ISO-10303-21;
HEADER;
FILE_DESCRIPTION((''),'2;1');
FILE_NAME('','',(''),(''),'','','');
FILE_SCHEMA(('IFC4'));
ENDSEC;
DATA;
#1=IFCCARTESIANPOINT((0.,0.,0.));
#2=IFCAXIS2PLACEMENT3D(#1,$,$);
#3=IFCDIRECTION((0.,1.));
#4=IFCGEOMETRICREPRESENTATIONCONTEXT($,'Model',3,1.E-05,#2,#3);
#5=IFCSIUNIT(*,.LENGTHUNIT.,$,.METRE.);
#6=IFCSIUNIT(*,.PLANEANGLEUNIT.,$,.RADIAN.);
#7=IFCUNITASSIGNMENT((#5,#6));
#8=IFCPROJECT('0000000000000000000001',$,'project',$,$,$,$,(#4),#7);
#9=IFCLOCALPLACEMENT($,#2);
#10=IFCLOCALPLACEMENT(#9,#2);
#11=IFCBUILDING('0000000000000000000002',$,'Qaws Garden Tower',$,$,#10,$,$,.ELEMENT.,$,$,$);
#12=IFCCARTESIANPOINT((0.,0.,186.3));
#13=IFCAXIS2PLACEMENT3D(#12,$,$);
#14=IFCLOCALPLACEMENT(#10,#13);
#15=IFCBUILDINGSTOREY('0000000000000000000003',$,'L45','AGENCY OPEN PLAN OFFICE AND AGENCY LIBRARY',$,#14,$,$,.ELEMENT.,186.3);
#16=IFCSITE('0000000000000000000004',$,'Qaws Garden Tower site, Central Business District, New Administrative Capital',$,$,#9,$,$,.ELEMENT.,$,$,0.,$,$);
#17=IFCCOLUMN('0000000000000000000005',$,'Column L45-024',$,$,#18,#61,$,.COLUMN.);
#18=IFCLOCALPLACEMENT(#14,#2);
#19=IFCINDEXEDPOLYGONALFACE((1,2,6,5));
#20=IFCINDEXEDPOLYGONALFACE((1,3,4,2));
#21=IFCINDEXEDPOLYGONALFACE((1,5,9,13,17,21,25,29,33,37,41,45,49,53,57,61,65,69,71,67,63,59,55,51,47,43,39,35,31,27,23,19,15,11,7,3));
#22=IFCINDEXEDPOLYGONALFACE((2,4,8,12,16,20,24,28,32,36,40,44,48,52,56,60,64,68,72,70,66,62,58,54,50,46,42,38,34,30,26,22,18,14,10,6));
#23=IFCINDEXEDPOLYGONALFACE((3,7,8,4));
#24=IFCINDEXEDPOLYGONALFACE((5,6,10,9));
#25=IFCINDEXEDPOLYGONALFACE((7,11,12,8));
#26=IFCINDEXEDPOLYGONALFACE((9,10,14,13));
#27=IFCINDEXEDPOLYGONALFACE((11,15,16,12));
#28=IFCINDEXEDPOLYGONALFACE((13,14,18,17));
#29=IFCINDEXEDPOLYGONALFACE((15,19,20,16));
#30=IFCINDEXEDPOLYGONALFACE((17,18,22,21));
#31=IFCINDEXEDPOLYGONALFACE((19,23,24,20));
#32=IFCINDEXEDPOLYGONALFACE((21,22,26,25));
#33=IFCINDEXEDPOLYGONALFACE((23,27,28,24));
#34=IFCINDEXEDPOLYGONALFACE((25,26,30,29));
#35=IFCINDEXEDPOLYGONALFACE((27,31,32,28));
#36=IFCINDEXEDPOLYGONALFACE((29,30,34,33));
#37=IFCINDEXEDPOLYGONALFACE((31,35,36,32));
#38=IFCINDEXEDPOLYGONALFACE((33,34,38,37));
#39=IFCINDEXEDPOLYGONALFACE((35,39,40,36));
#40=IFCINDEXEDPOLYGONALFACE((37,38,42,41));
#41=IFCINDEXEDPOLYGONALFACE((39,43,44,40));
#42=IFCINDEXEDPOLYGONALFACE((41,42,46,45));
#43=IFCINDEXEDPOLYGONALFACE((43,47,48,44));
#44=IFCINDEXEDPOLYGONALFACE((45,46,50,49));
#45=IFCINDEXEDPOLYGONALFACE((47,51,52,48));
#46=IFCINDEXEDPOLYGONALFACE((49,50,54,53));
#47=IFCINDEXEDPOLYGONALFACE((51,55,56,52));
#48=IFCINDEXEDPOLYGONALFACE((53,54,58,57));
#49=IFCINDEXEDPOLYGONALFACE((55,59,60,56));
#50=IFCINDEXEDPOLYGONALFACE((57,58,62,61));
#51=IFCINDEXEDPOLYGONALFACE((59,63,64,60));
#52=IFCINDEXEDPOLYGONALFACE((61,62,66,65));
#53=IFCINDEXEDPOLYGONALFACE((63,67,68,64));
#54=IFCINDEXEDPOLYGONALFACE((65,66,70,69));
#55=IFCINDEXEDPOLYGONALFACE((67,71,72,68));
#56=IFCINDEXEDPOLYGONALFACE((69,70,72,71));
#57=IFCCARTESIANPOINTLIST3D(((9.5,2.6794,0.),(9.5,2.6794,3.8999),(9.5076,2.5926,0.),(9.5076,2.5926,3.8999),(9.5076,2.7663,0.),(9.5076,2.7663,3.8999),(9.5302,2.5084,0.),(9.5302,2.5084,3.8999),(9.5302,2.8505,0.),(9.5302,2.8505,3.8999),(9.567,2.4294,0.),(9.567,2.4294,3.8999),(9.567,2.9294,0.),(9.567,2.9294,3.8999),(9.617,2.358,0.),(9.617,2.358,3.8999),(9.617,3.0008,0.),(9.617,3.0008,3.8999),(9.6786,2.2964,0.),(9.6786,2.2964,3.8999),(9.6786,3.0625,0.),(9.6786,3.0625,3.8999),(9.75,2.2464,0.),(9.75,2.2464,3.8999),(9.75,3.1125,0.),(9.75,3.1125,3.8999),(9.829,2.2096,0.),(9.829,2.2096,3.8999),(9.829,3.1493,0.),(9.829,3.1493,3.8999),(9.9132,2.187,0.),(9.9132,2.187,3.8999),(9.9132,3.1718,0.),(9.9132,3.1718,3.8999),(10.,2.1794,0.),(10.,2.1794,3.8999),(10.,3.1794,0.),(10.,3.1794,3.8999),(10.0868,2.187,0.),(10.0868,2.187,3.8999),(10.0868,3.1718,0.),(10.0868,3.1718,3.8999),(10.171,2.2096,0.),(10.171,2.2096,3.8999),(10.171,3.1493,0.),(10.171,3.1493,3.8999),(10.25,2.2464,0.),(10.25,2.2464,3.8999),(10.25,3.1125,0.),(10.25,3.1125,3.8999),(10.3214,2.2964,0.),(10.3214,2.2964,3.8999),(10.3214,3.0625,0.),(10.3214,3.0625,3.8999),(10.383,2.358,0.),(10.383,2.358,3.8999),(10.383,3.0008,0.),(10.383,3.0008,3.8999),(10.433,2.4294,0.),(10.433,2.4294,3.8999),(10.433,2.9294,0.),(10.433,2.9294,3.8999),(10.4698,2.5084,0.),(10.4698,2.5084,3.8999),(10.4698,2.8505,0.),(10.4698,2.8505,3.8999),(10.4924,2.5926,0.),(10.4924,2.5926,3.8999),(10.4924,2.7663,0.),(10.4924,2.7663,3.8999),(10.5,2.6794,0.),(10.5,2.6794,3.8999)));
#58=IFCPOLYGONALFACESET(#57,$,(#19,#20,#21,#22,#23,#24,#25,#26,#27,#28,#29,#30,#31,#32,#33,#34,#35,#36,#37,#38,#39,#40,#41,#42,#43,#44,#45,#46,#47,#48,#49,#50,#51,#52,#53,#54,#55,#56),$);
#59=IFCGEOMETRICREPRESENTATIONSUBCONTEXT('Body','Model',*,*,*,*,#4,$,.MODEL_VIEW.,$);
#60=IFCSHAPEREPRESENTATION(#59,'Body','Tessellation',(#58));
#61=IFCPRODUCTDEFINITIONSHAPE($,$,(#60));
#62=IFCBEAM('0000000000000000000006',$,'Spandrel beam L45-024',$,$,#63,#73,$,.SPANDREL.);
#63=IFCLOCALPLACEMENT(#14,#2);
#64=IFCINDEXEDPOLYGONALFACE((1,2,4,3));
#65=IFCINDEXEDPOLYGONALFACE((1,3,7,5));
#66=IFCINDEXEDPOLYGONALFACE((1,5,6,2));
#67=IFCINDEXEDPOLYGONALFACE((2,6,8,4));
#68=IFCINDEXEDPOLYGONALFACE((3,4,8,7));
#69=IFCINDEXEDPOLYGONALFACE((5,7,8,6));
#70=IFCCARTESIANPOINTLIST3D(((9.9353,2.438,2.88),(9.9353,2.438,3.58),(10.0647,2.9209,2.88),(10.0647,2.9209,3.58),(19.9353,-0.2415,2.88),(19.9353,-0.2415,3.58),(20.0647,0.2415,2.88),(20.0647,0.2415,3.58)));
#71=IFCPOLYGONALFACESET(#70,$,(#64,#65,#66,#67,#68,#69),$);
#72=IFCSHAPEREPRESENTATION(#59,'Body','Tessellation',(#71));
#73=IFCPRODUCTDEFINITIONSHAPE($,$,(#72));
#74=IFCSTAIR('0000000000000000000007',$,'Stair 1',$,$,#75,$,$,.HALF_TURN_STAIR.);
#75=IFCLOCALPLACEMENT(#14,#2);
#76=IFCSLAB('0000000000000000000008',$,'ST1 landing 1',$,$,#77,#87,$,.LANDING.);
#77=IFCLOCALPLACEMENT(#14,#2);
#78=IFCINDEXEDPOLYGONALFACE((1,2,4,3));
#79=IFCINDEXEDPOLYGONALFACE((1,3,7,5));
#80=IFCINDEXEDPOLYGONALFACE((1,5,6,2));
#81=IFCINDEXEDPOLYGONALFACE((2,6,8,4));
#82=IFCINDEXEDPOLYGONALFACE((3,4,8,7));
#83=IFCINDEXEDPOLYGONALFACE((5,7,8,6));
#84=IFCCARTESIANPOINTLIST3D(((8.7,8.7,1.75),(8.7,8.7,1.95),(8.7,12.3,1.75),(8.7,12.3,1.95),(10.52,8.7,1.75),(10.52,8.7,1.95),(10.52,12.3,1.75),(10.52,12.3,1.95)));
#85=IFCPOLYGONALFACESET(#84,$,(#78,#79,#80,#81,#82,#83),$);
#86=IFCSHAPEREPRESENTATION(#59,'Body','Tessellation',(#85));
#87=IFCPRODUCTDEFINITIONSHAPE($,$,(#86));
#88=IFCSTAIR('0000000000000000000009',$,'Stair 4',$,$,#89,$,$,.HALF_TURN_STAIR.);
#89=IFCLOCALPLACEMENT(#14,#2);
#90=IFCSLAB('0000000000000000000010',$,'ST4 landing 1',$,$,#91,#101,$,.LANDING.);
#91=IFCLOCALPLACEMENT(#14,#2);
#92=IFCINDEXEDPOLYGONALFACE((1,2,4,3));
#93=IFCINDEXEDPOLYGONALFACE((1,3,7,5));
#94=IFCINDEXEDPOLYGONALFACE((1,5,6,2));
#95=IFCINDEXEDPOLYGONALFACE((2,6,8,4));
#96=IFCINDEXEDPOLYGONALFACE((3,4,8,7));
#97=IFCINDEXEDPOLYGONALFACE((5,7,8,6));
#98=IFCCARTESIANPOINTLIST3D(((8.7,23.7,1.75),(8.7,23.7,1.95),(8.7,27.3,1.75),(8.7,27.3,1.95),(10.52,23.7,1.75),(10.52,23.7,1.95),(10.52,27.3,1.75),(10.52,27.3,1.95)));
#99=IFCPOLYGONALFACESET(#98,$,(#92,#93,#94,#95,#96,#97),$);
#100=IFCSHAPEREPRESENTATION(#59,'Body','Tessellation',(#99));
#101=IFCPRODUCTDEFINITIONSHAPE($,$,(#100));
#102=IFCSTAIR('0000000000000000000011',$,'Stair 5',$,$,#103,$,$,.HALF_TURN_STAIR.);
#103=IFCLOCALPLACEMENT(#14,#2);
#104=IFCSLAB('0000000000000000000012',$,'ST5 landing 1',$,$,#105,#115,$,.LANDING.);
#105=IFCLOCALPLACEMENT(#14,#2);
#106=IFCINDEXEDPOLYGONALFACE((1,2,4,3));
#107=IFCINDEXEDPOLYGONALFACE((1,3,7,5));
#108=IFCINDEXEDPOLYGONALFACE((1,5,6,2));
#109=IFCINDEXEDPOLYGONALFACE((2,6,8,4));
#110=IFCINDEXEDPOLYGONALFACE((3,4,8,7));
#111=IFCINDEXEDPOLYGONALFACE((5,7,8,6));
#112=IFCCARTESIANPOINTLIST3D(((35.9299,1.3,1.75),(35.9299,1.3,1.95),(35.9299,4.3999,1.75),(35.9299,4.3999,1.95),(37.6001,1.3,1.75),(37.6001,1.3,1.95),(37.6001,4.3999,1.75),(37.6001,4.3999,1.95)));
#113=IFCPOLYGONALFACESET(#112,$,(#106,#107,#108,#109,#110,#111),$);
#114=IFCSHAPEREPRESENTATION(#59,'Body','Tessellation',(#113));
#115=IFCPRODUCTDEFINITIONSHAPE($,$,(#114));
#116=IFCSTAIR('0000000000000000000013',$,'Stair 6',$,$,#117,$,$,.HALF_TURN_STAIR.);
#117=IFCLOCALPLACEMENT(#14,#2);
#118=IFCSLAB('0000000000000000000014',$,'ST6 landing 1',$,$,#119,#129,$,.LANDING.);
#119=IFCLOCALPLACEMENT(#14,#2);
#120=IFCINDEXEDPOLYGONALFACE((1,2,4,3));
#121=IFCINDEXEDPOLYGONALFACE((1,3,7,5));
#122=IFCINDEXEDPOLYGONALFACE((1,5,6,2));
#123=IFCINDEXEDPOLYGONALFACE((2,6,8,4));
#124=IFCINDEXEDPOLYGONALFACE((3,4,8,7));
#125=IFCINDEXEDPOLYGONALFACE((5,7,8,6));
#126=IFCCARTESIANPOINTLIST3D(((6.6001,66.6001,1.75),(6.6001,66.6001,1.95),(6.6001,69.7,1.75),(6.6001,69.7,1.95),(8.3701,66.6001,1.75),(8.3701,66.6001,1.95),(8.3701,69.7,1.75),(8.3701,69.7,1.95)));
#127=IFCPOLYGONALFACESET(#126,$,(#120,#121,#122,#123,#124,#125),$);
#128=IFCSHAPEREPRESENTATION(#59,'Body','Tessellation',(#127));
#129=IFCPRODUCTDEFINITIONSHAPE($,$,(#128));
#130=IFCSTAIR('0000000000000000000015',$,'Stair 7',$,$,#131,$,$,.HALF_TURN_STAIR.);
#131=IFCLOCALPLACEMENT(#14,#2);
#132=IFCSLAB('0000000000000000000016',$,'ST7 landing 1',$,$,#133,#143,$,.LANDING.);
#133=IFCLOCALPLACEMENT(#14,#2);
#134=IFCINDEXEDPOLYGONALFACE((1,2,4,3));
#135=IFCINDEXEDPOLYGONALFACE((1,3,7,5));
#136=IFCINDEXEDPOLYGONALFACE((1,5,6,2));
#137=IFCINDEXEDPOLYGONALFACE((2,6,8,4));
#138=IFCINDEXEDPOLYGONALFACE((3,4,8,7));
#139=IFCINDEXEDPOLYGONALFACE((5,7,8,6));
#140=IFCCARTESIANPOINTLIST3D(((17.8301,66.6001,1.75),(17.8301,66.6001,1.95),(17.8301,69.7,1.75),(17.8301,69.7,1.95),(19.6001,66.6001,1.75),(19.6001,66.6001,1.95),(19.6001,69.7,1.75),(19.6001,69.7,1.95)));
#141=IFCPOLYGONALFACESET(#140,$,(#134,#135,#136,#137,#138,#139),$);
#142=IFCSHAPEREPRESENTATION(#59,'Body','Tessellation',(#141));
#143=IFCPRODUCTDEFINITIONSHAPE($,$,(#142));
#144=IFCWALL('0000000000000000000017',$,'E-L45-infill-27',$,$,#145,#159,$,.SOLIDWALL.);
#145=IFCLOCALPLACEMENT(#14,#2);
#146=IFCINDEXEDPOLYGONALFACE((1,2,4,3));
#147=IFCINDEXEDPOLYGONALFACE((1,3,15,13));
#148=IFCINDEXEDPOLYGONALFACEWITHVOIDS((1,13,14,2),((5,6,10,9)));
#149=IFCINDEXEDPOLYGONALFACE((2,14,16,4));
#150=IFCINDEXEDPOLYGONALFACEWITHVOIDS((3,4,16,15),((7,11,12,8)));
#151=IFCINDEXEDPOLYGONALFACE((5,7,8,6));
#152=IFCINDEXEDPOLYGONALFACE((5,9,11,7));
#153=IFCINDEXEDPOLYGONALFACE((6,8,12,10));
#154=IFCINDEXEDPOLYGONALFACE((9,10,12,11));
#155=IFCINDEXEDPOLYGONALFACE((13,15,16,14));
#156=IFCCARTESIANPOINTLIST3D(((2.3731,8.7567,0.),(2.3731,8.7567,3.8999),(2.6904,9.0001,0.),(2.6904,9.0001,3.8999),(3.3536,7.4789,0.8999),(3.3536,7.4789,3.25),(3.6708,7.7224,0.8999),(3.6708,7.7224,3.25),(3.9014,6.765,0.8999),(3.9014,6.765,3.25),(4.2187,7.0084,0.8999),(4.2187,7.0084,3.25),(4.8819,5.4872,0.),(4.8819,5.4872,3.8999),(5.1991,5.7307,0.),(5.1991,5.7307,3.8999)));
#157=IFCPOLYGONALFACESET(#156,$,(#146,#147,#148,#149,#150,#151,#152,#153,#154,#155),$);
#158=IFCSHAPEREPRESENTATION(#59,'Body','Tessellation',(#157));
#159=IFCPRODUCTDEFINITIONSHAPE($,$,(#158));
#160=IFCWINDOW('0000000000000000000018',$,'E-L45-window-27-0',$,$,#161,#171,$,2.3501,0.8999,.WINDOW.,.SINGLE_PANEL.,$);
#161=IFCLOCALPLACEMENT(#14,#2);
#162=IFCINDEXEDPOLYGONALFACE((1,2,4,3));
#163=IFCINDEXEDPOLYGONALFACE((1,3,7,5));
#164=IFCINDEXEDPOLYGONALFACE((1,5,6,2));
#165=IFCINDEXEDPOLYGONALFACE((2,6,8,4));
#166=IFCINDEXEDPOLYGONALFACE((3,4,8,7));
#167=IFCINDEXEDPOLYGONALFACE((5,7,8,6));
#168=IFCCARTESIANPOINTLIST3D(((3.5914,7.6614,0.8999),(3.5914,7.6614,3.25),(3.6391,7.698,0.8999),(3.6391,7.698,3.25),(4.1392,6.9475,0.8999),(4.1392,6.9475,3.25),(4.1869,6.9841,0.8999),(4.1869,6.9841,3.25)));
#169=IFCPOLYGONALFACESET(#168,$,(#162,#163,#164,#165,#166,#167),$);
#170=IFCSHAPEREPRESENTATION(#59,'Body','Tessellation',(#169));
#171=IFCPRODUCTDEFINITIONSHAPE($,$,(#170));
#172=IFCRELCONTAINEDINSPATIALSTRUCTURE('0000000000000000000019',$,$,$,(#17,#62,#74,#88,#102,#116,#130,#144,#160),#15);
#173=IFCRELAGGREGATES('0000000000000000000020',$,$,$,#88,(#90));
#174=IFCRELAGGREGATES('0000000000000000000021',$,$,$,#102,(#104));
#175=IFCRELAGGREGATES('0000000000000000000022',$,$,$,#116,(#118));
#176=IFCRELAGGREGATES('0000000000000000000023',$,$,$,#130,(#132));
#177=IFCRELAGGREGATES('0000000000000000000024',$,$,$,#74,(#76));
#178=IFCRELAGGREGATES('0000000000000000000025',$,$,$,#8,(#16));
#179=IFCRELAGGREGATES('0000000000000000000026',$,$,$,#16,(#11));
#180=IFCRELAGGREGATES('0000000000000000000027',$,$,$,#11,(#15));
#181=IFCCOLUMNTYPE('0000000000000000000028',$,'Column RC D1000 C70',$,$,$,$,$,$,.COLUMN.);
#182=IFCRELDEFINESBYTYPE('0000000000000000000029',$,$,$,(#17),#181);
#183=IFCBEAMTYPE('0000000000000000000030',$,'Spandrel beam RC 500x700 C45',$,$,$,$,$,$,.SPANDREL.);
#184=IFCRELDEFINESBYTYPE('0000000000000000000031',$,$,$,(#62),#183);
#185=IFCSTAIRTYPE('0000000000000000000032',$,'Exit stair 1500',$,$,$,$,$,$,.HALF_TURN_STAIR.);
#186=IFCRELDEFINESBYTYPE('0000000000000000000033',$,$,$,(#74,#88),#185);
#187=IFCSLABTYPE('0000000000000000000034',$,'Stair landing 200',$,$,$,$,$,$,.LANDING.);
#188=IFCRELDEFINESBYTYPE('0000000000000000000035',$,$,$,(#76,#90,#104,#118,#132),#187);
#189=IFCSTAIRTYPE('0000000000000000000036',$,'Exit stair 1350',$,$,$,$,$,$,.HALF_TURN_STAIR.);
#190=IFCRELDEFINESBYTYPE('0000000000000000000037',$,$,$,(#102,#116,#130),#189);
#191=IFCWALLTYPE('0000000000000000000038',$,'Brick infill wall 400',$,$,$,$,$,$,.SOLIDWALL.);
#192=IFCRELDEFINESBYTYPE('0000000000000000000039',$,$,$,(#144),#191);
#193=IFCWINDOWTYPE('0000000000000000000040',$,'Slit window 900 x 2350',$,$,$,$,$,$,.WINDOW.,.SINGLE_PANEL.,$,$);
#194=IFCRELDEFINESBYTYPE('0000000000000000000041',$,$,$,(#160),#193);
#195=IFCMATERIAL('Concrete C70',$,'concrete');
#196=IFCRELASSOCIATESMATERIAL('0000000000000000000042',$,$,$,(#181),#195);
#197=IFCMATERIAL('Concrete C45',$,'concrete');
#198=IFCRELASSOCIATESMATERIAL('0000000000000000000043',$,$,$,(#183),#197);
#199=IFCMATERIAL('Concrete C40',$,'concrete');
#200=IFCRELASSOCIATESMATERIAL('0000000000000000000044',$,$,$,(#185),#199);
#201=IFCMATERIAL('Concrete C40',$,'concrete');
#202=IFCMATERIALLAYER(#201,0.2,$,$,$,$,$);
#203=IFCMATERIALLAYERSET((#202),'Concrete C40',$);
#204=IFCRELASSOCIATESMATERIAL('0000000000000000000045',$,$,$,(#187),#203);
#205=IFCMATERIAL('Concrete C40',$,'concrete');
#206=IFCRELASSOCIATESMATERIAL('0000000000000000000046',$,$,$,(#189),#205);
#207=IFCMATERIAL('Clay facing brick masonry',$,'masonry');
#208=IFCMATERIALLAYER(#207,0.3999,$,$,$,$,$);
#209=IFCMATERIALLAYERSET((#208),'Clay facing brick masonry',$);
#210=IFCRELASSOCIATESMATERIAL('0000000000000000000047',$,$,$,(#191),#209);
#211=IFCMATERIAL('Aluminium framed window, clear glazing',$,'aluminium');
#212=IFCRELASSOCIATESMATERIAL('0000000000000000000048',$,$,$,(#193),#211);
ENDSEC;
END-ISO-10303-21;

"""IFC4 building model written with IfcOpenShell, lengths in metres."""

from ifc_helpers import new_model, si_unit, direction, frame, frame_2d, origin, origin_2d, place, context, subcontext, project, spatial, polyline, rectangle, circle, outline, extrude, material, layer, layer_set, material_profile, profile_set, type_object, element, fill, aggregate, save


model = new_model("IFC4")

# Units and contexts
model_context = context("Model", 3, precision=1e-05, world=origin(), true_north=direction((0.0, 1.0)))
body_context = subcontext(model_context, "Body", "Model", "MODEL_VIEW")
ifc_project = project(units=[si_unit("LENGTHUNIT", "METRE"), si_unit("PLANEANGLEUNIT", "RADIAN")], contexts=[model_context])

# Site, building, storey
site_placement = place(None, origin())
site = spatial("IfcSite", under=ifc_project, at=site_placement, Name="Qaws Garden Tower site, Central Business District, New Administrative Capital", CompositionType="ELEMENT", RefElevation=0.0)
building_placement = place(site_placement, origin())
building = spatial("IfcBuilding", under=site, at=building_placement, Name="Qaws Garden Tower", CompositionType="ELEMENT")
storey_placement = place(building_placement, frame((0.0, 0.0, 186.3)))
storey = spatial("IfcBuildingStorey", under=building, at=storey_placement, Name="L45", Description="AGENCY OPEN PLAN OFFICE AND AGENCY LIBRARY", CompositionType="ELEMENT", Elevation=186.3)

# Column
ifc_material_1 = material(Name="Concrete C70", Category="concrete")
ifc_material_profile_1 = material_profile(ifc_material_1, circle(Radius=0.5, at=origin_2d()), Name="RC D1000")
ifc_profile_set_1 = profile_set([ifc_material_profile_1], Name="Concrete C70")
column_type = type_object("IfcColumnType", Name="Column RC D1000 C70", PredefinedType="COLUMN", material=ifc_profile_set_1)
column_placement = place(storey_placement, frame((10.0, 2.6794, 0.0), z_axis=(0.0, 0.0, 1.0), x_axis=(1.0, 0.0, 0.0)))
element("IfcColumn", 1, at=column_placement, inside=storey, type_object=column_type, Name="Column L45-024", PredefinedType="COLUMN", context=body_context, shape_type="SweptSolid", body=[
    extrude(circle(Radius=0.5, at=origin_2d()), origin(), (0.0, 0.0, 1.0), 3.8999),
])

# Beam
ifc_material_2 = material(Name="Concrete C45", Category="concrete")
ifc_material_profile_2 = material_profile(ifc_material_2, rectangle(XDim=0.5, YDim=0.7, at=origin_2d()), Name="RC 500x700")
ifc_profile_set_2 = profile_set([ifc_material_profile_2], Name="Concrete C45")
beam_type = type_object("IfcBeamType", Name="Spandrel beam RC 500x700 C45", PredefinedType="SPANDREL", material=ifc_profile_set_2)
beam_placement = place(storey_placement, frame((10.0, 2.6794, 3.23), z_axis=(0.965927, -0.258815, 0.0), x_axis=(0.258815, 0.965927, 0.0)))
element("IfcBeam", 2, at=beam_placement, inside=storey, type_object=beam_type, Name="Spandrel beam L45-024", PredefinedType="SPANDREL", context=body_context, shape_type="SweptSolid", body=[
    extrude(rectangle(XDim=0.5, YDim=0.7, at=origin_2d()), origin(), (0.0, 0.0, 1.0), 10.3528),
])

# Stairs, slabs
ifc_material_3 = material(Name="Concrete C40", Category="concrete")
stair_type_1 = type_object("IfcStairType", Name="Exit stair 1500", PredefinedType="HALF_TURN_STAIR", material=ifc_material_3)
placement_1 = place(storey_placement, origin())
stair_1 = element("IfcStair", 3, at=placement_1, inside=storey, type_object=stair_type_1, Name="Stair 1", PredefinedType="HALF_TURN_STAIR")
ifc_material_4 = material(Name="Concrete C40", Category="concrete")
ifc_layer_1 = layer(ifc_material_4, 0.2)
ifc_layer_set_1 = layer_set([ifc_layer_1], Name="Concrete C40")
slab_type = type_object("IfcSlabType", Name="Stair landing 200", PredefinedType="LANDING", material=ifc_layer_set_1)
placement_2 = place(storey_placement, frame((0.0, 0.0, 1.75)))
slab_1 = element("IfcSlab", 4, at=placement_2, type_object=slab_type, Name="ST1 landing 1", PredefinedType="LANDING", context=body_context, shape_type="SweptSolid", body=[
    extrude(outline(polyline([(8.7, 8.7), (10.52, 8.7), (10.52, 12.3), (8.7, 12.3), (8.7, 8.7)])), origin(), (0.0, 0.0, 1.0), 0.2),
])
stair_2 = element("IfcStair", 5, at=placement_1, inside=storey, type_object=stair_type_1, Name="Stair 4", PredefinedType="HALF_TURN_STAIR")
slab_2 = element("IfcSlab", 6, at=placement_2, type_object=slab_type, Name="ST4 landing 1", PredefinedType="LANDING", context=body_context, shape_type="SweptSolid", body=[
    extrude(outline(polyline([(8.7, 23.7), (10.52, 23.7), (10.52, 27.3), (8.7, 27.3), (8.7, 23.7)])), origin(), (0.0, 0.0, 1.0), 0.2),
])
aggregate(stair_2, [slab_2])
ifc_material_5 = material(Name="Concrete C40", Category="concrete")
stair_type_2 = type_object("IfcStairType", Name="Exit stair 1350", PredefinedType="HALF_TURN_STAIR", material=ifc_material_5)
stair_3 = element("IfcStair", 7, at=placement_1, inside=storey, type_object=stair_type_2, Name="Stair 5", PredefinedType="HALF_TURN_STAIR")
slab_3 = element("IfcSlab", 8, at=placement_2, type_object=slab_type, Name="ST5 landing 1", PredefinedType="LANDING", context=body_context, shape_type="SweptSolid", body=[
    extrude(outline(polyline([(35.9299, 1.3), (37.6001, 1.3), (37.6001, 4.3999), (35.9299, 4.3999), (35.9299, 1.3)])), origin(), (0.0, 0.0, 1.0), 0.2),
])
aggregate(stair_3, [slab_3])
stair_4 = element("IfcStair", 9, at=placement_1, inside=storey, type_object=stair_type_2, Name="Stair 6", PredefinedType="HALF_TURN_STAIR")
slab_4 = element("IfcSlab", 10, at=placement_2, type_object=slab_type, Name="ST6 landing 1", PredefinedType="LANDING", context=body_context, shape_type="SweptSolid", body=[
    extrude(outline(polyline([(6.6001, 66.6001), (8.3701, 66.6001), (8.3701, 69.7), (6.6001, 69.7), (6.6001, 66.6001)])), origin(), (0.0, 0.0, 1.0), 0.2),
])
aggregate(stair_4, [slab_4])
stair_5 = element("IfcStair", 11, at=placement_1, inside=storey, type_object=stair_type_2, Name="Stair 7", PredefinedType="HALF_TURN_STAIR")
slab_5 = element("IfcSlab", 12, at=placement_2, type_object=slab_type, Name="ST7 landing 1", PredefinedType="LANDING", context=body_context, shape_type="SweptSolid", body=[
    extrude(outline(polyline([(17.8301, 66.6001), (19.6001, 66.6001), (19.6001, 69.7), (17.8301, 69.7), (17.8301, 66.6001)])), origin(), (0.0, 0.0, 1.0), 0.2),
])
aggregate(stair_5, [slab_5])

# Wall, opening, window
ifc_material_6 = material(Name="Clay facing brick masonry", Category="masonry")
ifc_layer_2 = layer(ifc_material_6, 0.3999)
ifc_layer_set_2 = layer_set([ifc_layer_2], Name="Clay facing brick masonry")
wall_type_1 = type_object("IfcWallType", Name="Brick infill wall 400", PredefinedType="SOLIDWALL", material=ifc_layer_set_2)
wall_1_placement = place(storey_placement, frame((2.5317, 8.8784, 0.0), z_axis=(0.0, 0.0, 1.0), x_axis=(0.60876, -0.793355, 0.0)))
wall_1 = element("IfcWall", 13, at=wall_1_placement, inside=storey, type_object=wall_type_1, Name="E-L45-infill-27", PredefinedType="SOLIDWALL", context=body_context, shape_type="SweptSolid", body=[
    extrude(rectangle(XDim=4.1211, YDim=0.3999, at=frame_2d((2.0605, 0.0))), origin(), (0.0, 0.0, 1.0), 3.8999),
])
opening_1_placement = place(wall_1_placement, frame((1.6106, 0.0, 0.8999)))
opening_1 = element("IfcOpeningElement", 14, at=opening_1_placement, cuts=wall_1, PredefinedType="OPENING", context=body_context, shape_type="SweptSolid", body=[
    extrude(rectangle(XDim=0.8999, YDim=2.3501, at=frame_2d((0.45, 1.175))), frame((0.0, 0.21, 0.0), z_axis=(0.0, -1.0, 0.0), x_axis=(1.0, 0.0, 0.0)), (0.0, 0.0, 1.0), 0.4199),
])
ifc_material_7 = material(Name="Aluminium framed window, clear glazing", Category="aluminium")
window_type = type_object("IfcWindowType", Name="Slit window 900 x 2350", PartitioningType="SINGLE_PANEL", PredefinedType="WINDOW", material=ifc_material_7)
window_1_placement = place(opening_1_placement, origin())
window_1 = element("IfcWindow", 15, at=window_1_placement, inside=storey, type_object=window_type, Name="E-L45-window-27-0", OverallHeight=2.3501, OverallWidth=0.8999, PartitioningType="SINGLE_PANEL", PredefinedType="WINDOW", context=body_context, shape_type="SweptSolid", body=[
    extrude(rectangle(XDim=0.8999, YDim=2.3501, at=frame_2d((0.45, 1.175))), frame((0.0, 0.1599, 0.0), z_axis=(0.0, -1.0, 0.0), x_axis=(1.0, 0.0, 0.0)), (0.0, 0.0, 1.0), 0.0601),
])
fill(opening_1, window_1)

aggregate(stair_1, [slab_1])

save(model, "model.ifc")
